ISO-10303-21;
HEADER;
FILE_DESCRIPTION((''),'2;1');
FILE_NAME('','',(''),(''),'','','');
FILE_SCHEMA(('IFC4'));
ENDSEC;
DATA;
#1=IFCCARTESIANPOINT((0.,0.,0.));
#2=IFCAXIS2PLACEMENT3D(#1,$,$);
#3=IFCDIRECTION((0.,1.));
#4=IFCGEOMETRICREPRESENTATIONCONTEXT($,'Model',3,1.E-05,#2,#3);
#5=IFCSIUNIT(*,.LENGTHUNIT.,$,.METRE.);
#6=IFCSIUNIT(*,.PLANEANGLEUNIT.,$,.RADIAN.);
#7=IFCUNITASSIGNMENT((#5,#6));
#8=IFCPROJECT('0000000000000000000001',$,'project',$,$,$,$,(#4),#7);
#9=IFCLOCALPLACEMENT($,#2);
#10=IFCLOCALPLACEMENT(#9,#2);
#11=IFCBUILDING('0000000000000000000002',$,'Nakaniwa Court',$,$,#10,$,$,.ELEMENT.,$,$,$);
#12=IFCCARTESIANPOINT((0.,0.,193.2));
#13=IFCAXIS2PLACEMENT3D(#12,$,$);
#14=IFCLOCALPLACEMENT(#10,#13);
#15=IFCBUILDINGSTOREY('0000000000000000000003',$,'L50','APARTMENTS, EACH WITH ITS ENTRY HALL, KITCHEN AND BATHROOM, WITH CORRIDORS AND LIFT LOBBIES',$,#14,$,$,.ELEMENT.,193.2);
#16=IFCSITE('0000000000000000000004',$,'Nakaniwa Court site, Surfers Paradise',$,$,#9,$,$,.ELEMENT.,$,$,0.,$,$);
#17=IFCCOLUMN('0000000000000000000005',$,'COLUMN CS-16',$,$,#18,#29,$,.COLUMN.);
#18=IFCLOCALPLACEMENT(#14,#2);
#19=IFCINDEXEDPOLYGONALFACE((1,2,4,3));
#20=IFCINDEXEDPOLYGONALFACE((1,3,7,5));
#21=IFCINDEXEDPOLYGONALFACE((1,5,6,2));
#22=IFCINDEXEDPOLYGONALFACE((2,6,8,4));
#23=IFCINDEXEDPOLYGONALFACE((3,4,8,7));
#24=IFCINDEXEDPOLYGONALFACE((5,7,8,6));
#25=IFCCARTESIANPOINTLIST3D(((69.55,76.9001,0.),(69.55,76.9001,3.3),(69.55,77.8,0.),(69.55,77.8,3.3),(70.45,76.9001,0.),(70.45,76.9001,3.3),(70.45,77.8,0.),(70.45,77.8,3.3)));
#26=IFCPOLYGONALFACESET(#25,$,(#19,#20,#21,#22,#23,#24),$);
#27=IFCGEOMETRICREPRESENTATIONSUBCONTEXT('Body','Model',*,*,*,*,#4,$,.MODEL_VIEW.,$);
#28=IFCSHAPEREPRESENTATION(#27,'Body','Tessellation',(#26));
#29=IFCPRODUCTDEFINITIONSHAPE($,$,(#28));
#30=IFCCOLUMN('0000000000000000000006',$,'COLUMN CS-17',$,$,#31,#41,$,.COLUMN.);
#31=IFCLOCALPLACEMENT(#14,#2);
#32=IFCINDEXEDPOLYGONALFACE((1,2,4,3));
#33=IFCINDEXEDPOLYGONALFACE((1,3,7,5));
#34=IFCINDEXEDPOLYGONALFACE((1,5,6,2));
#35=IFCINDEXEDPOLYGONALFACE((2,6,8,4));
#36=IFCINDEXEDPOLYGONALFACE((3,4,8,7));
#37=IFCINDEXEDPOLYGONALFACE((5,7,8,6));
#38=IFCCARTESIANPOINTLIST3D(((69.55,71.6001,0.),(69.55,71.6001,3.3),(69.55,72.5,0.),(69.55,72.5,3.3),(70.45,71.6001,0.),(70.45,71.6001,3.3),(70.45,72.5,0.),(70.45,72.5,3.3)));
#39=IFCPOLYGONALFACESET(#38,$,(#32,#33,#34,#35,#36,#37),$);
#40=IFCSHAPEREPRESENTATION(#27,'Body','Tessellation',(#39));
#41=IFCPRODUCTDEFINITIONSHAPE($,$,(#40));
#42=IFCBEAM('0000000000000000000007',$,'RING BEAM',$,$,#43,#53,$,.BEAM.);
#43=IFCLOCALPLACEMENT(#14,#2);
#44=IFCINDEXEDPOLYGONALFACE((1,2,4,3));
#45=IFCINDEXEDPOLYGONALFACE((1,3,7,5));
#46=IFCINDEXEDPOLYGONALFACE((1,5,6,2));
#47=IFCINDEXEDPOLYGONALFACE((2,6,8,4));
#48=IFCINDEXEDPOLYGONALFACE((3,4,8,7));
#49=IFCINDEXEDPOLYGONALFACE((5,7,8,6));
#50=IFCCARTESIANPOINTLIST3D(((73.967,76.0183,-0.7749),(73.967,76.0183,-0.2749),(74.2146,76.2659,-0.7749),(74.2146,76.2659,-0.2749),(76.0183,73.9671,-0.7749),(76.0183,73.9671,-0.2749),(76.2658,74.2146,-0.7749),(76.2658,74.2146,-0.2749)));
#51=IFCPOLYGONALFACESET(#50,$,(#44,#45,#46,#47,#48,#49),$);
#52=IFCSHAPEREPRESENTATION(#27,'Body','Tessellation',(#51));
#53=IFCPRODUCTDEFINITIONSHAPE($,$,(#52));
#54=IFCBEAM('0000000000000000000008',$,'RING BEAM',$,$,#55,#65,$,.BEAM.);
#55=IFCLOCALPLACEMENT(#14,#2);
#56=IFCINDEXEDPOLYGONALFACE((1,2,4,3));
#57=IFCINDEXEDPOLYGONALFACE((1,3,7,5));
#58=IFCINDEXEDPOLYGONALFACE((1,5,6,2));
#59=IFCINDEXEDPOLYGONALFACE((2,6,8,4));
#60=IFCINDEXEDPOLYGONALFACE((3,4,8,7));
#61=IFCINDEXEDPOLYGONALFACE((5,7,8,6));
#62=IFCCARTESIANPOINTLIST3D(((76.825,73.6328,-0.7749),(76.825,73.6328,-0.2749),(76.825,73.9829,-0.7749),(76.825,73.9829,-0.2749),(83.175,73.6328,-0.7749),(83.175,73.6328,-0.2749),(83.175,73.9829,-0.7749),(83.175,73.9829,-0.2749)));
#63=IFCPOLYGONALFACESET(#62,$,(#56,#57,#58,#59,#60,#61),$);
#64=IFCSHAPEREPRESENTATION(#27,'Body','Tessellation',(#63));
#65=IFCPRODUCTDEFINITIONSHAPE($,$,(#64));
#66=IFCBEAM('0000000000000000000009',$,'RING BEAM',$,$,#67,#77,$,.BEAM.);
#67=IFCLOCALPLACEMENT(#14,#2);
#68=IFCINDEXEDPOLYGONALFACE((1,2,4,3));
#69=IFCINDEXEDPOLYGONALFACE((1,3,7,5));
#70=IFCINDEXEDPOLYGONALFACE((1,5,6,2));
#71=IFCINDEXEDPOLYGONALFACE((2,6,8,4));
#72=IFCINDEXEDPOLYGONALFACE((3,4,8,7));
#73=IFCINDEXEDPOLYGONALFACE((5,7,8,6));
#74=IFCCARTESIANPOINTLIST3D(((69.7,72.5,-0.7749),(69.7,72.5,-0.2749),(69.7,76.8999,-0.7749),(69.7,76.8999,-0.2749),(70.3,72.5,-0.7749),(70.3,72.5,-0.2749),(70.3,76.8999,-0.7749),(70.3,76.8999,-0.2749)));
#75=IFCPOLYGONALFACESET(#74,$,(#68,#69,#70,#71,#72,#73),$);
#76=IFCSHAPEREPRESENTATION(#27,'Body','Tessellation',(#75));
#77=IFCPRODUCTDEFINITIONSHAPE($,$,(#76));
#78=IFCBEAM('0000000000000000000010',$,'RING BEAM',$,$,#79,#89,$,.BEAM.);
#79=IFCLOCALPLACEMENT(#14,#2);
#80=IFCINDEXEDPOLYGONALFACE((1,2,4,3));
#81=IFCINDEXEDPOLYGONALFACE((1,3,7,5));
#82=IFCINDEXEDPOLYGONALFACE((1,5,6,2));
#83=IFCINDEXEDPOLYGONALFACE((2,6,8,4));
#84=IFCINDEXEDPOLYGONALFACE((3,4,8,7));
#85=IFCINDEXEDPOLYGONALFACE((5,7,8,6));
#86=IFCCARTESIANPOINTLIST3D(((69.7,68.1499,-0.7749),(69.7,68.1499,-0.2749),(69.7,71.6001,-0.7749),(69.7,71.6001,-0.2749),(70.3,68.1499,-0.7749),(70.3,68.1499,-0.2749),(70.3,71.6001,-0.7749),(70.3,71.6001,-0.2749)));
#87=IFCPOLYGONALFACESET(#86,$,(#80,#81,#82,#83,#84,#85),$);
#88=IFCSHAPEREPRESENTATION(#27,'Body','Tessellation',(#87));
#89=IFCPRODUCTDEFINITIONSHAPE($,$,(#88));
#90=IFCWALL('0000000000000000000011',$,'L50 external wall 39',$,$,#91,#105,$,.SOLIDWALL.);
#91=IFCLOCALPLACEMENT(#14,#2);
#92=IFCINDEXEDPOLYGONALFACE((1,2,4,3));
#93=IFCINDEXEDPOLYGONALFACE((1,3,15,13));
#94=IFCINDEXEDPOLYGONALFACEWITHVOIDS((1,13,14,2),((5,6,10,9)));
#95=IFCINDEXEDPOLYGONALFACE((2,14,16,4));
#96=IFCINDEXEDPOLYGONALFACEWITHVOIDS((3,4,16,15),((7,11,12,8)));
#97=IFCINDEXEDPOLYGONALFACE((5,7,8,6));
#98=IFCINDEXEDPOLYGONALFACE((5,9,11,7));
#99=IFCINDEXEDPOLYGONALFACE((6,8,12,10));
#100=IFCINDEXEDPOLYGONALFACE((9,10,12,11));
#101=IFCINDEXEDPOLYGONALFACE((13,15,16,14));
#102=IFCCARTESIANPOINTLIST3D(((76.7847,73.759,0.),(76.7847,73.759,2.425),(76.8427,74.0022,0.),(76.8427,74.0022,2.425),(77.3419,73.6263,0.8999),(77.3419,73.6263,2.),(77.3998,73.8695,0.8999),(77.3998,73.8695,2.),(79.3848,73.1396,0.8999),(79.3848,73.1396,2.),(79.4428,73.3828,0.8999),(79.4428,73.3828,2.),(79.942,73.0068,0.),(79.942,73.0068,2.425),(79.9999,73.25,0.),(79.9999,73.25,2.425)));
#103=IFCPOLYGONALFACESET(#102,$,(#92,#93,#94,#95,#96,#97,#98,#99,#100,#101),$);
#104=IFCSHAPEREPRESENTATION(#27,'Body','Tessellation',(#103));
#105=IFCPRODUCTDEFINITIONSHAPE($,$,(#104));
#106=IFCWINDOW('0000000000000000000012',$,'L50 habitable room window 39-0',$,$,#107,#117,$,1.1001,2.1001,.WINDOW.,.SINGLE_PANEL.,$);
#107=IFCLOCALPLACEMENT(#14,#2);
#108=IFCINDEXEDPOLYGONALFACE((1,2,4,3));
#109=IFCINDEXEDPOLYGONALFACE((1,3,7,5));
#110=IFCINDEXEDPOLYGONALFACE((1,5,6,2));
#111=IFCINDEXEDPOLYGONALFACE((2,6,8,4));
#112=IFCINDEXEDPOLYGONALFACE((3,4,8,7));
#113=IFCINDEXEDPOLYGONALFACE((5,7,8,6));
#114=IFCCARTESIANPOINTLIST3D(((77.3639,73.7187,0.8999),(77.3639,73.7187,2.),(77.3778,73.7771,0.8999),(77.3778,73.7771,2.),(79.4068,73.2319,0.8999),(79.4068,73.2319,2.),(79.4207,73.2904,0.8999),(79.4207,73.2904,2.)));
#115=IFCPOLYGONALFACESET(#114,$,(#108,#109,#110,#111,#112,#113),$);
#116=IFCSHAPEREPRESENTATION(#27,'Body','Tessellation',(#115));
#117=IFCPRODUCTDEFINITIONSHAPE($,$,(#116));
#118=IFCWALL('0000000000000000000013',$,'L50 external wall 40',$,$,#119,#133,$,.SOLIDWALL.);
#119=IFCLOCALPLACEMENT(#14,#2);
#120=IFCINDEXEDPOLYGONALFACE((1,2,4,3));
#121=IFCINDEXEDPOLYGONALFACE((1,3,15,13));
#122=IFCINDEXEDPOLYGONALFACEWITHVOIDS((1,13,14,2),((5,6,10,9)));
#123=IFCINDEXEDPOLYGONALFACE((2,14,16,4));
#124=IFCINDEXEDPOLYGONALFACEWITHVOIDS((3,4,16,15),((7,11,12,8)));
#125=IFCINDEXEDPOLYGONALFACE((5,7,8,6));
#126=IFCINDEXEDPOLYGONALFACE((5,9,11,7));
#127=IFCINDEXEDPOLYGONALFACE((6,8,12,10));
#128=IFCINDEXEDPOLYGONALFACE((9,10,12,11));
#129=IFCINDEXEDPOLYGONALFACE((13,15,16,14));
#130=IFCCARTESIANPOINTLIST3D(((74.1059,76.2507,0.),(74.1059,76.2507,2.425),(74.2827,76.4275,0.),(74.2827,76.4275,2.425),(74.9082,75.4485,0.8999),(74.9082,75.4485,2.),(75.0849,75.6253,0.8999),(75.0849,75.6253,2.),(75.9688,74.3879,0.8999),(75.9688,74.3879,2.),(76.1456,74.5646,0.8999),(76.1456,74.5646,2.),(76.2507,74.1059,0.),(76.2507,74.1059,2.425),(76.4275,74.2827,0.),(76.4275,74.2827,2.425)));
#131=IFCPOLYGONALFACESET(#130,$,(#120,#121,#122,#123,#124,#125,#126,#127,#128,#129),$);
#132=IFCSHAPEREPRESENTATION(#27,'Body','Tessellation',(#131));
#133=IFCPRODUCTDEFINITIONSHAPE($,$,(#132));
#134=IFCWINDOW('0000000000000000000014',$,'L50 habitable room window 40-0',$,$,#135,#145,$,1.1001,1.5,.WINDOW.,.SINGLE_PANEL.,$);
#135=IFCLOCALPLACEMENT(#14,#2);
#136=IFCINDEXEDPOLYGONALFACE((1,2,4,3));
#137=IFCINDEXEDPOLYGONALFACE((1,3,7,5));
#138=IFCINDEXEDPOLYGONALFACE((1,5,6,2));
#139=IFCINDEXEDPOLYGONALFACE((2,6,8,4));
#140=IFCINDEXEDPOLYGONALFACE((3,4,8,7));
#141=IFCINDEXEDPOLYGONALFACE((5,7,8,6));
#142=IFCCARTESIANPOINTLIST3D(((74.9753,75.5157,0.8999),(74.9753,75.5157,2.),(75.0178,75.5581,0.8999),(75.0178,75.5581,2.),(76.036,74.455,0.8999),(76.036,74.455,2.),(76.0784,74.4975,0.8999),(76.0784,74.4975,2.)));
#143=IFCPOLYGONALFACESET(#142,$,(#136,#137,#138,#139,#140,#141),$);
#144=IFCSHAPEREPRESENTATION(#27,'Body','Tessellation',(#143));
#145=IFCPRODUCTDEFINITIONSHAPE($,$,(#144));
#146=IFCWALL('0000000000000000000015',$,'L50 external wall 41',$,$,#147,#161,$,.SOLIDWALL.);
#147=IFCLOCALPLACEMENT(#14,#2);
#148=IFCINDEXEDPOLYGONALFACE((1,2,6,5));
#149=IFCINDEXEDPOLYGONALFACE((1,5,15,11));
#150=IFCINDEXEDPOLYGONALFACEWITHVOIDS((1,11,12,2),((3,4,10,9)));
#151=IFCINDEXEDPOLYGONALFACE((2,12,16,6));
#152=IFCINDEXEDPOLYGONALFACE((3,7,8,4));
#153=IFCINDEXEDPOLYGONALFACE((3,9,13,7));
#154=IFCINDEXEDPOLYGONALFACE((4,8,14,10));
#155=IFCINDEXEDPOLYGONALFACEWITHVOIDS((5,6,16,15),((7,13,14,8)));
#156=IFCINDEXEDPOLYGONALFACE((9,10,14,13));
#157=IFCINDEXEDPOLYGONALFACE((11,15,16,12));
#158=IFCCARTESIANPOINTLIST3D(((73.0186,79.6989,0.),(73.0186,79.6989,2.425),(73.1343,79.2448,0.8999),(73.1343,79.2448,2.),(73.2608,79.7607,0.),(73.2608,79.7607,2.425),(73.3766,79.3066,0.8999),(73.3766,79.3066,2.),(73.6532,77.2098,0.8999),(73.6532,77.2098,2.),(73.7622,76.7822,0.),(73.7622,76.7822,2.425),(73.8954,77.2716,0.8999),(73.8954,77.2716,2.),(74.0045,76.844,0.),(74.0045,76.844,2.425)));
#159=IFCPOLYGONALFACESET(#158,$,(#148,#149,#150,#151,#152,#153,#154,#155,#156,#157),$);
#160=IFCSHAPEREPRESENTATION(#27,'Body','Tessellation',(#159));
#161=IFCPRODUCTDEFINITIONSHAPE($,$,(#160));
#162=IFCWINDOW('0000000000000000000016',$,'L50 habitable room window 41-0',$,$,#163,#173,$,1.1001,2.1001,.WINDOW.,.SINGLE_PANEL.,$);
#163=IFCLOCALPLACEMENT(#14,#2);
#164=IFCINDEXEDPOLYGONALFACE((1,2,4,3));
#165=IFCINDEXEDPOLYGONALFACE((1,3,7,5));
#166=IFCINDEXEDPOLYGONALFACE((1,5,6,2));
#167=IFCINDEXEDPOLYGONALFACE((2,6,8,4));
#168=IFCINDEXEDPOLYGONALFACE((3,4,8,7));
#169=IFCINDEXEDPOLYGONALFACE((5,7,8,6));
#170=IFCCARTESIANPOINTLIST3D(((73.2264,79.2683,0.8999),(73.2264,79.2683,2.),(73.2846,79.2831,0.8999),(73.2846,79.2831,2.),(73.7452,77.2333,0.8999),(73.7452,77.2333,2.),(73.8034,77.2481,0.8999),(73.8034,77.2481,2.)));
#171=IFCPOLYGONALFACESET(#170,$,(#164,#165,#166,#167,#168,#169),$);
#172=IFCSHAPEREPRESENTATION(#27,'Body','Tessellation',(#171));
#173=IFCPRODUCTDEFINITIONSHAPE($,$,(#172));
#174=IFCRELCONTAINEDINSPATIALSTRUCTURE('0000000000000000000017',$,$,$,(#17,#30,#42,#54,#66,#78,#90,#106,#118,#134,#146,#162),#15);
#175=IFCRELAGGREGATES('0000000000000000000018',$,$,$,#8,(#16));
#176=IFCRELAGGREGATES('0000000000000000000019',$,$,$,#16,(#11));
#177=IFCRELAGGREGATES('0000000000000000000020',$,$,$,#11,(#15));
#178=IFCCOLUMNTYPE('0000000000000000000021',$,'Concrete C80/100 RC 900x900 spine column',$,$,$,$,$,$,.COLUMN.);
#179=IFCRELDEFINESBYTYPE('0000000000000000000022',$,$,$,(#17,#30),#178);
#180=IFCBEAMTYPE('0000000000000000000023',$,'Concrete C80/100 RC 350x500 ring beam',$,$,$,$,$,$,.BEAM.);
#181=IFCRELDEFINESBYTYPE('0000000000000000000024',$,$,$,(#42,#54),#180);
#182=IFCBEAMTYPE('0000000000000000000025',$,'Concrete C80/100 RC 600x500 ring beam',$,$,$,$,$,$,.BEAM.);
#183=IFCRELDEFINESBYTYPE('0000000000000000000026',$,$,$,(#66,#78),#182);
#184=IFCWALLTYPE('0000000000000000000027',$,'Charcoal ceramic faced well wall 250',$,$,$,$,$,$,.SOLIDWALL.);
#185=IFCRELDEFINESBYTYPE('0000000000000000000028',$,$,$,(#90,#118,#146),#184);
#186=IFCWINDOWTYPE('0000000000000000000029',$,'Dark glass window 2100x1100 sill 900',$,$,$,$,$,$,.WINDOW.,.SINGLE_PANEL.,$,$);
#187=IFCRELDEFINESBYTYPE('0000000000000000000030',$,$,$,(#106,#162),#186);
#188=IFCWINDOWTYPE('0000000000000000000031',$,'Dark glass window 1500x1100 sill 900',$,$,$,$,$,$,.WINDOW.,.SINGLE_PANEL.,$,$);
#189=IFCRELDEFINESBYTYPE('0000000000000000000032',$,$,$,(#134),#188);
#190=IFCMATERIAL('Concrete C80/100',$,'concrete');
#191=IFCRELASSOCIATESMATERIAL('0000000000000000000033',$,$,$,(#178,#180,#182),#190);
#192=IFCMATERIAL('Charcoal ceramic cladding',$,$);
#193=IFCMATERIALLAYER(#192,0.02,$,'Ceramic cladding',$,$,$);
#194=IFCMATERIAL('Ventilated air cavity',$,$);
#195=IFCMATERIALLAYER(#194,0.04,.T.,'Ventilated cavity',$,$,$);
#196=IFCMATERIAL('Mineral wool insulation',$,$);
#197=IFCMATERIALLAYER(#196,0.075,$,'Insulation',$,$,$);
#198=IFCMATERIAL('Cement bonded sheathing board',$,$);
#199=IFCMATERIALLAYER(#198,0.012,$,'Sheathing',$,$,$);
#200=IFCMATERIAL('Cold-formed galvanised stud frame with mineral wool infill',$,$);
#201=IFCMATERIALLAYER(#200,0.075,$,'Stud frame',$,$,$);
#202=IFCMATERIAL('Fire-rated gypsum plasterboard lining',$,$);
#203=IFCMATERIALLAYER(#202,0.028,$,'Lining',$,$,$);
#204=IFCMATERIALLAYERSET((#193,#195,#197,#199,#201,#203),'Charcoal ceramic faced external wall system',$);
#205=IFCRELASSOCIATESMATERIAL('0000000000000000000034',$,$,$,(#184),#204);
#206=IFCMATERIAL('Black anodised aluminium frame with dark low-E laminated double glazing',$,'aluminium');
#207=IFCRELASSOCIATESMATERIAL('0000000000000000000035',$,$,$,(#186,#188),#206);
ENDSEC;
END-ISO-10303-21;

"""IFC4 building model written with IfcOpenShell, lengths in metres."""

from ifc_helpers import new_model, si_unit, direction, frame, frame_2d, origin, origin_2d, place, context, subcontext, project, spatial, rectangle, extrude, material, layer, layer_set, material_profile, profile_set, type_object, element, fill, save


model = new_model("IFC4")

# Units and contexts
model_context = context("Model", 3, precision=1e-05, world=origin(), true_north=direction((0.0, 1.0)))
body_context = subcontext(model_context, "Body", "Model", "MODEL_VIEW")
ifc_project = project(units=[si_unit("LENGTHUNIT", "METRE"), si_unit("PLANEANGLEUNIT", "RADIAN")], contexts=[model_context])

# Site, building, storey
site_placement = place(None, origin())
site = spatial("IfcSite", under=ifc_project, at=site_placement, Name="Nakaniwa Court site, Surfers Paradise", CompositionType="ELEMENT", RefElevation=0.0)
building_placement = place(site_placement, origin())
building = spatial("IfcBuilding", under=site, at=building_placement, Name="Nakaniwa Court", CompositionType="ELEMENT")
storey_placement = place(building_placement, frame((0.0, 0.0, 193.2)))
storey = spatial("IfcBuildingStorey", under=building, at=storey_placement, Name="L50", Description="APARTMENTS, EACH WITH ITS ENTRY HALL, KITCHEN AND BATHROOM, WITH CORRIDORS AND LIFT LOBBIES", CompositionType="ELEMENT", Elevation=193.2)

# Columns
ifc_material_1 = material(Name="Concrete C80/100", Category="concrete")
ifc_material_profile_1 = material_profile(ifc_material_1, rectangle(XDim=0.8999, YDim=0.8999, at=origin_2d()), Name="Concrete C80/100 RC 900x900 spine column")
ifc_profile_set_1 = profile_set([ifc_material_profile_1], Name="Concrete C80/100")
column_type_1 = type_object("IfcColumnType", Name="Concrete C80/100 RC 900x900 spine column", PredefinedType="COLUMN", material=ifc_profile_set_1)
for number, where, z_axis, x_axis, name in (
    (1, (70.0, 77.3501, 0.0), (0.0, 0.0, 1.0), (0.0, -1.0, 0.0), "COLUMN CS-16"),
    (2, (70.0, 72.05, 0.0), (0.0, 0.0, 1.0), (0.0, -1.0, 0.0), "COLUMN CS-17"),
):
    element("IfcColumn", number, at=place(storey_placement, frame(where, z_axis=z_axis, x_axis=x_axis)), inside=storey, type_object=column_type_1, Name=name, PredefinedType="COLUMN", context=body_context, shape_type="SweptSolid", body=[
        extrude(rectangle(XDim=0.8999, YDim=0.8999, at=origin_2d()), origin(), (0.0, 0.0, 1.0), 3.3),
    ])

# Beams
ifc_material_profile_2 = material_profile(ifc_material_1, rectangle(XDim=0.3501, YDim=0.5, at=origin_2d()), Name="Concrete C80/100 RC 350x500 ring beam")
ifc_profile_set_2 = profile_set([ifc_material_profile_2], Name="Concrete C80/100")
beam_type_1 = type_object("IfcBeamType", Name="Concrete C80/100 RC 350x500 ring beam", PredefinedType="BEAM", material=ifc_profile_set_2)
beam_1_placement = place(storey_placement, frame((74.0908, 76.1421, -0.5249), z_axis=(0.707107, -0.707107, 0.0), x_axis=(0.707107, 0.707107, 0.0)))
element("IfcBeam", 3, at=beam_1_placement, inside=storey, type_object=beam_type_1, Name="RING BEAM", PredefinedType="BEAM", context=body_context, shape_type="SweptSolid", body=[
    extrude(rectangle(XDim=0.3501, YDim=0.5, at=origin_2d()), origin(), (0.0, 0.0, 1.0), 2.9009),
])
beam_2_placement = place(storey_placement, frame((76.825, 73.8079, -0.5249), z_axis=(1.0, 0.0, 0.0), x_axis=(0.0, 1.0, 0.0)))
element("IfcBeam", 4, at=beam_2_placement, inside=storey, type_object=beam_type_1, Name="RING BEAM", PredefinedType="BEAM", context=body_context, shape_type="SweptSolid", body=[
    extrude(rectangle(XDim=0.3501, YDim=0.5, at=origin_2d()), origin(), (0.0, 0.0, 1.0), 6.3501),
])
ifc_material_profile_3 = material_profile(ifc_material_1, rectangle(XDim=0.6001, YDim=0.5, at=origin_2d()), Name="Concrete C80/100 RC 600x500 ring beam")
ifc_profile_set_3 = profile_set([ifc_material_profile_3], Name="Concrete C80/100")
beam_type_2 = type_object("IfcBeamType", Name="Concrete C80/100 RC 600x500 ring beam", PredefinedType="BEAM", material=ifc_profile_set_3)
beam_3_placement = place(storey_placement, frame((70.0, 76.8999, -0.5249), z_axis=(0.0, -1.0, 0.0), x_axis=(1.0, 0.0, 0.0)))
element("IfcBeam", 5, at=beam_3_placement, inside=storey, type_object=beam_type_2, Name="RING BEAM", PredefinedType="BEAM", context=body_context, shape_type="SweptSolid", body=[
    extrude(rectangle(XDim=0.6001, YDim=0.5, at=origin_2d()), origin(), (0.0, 0.0, 1.0), 4.3999),
])
beam_4_placement = place(storey_placement, frame((70.0, 71.6001, -0.5249), z_axis=(0.0, -1.0, 0.0), x_axis=(1.0, 0.0, 0.0)))
element("IfcBeam", 6, at=beam_4_placement, inside=storey, type_object=beam_type_2, Name="RING BEAM", PredefinedType="BEAM", context=body_context, shape_type="SweptSolid", body=[
    extrude(rectangle(XDim=0.6001, YDim=0.5, at=origin_2d()), origin(), (0.0, 0.0, 1.0), 3.4502),
])

# Walls, openings, windows
ifc_material_2 = material(Name="Charcoal ceramic cladding")
ifc_layer_1 = layer(ifc_material_2, 0.02, Name="Ceramic cladding")
ifc_material_3 = material(Name="Ventilated air cavity")
ifc_layer_2 = layer(ifc_material_3, 0.04, ventilated=True, Name="Ventilated cavity")
ifc_material_4 = material(Name="Mineral wool insulation")
ifc_layer_3 = layer(ifc_material_4, 0.075, Name="Insulation")
ifc_material_5 = material(Name="Cement bonded sheathing board")
ifc_layer_4 = layer(ifc_material_5, 0.012, Name="Sheathing")
ifc_material_6 = material(Name="Cold-formed galvanised stud frame with mineral wool infill")
ifc_layer_5 = layer(ifc_material_6, 0.075, Name="Stud frame")
ifc_material_7 = material(Name="Fire-rated gypsum plasterboard lining")
ifc_layer_6 = layer(ifc_material_7, 0.028, Name="Lining")
ifc_layer_set_1 = layer_set([ifc_layer_1, ifc_layer_2, ifc_layer_3, ifc_layer_4, ifc_layer_5, ifc_layer_6], Name="Charcoal ceramic faced external wall system")
wall_type_1 = type_object("IfcWallType", Name="Charcoal ceramic faced well wall 250", PredefinedType="SOLIDWALL", material=ifc_layer_set_1)
wall_1_placement = place(storey_placement, frame((79.9709, 73.1284, 0.0), z_axis=(0.0, 0.0, 1.0), x_axis=(-0.972773, 0.23176, 0.0)))
wall_1 = element("IfcWall", 7, at=wall_1_placement, inside=storey, type_object=wall_type_1, Name="L50 external wall 39", PredefinedType="SOLIDWALL", context=body_context, shape_type="SweptSolid", body=[
    extrude(rectangle(XDim=3.2456, YDim=0.25, at=frame_2d((1.6228, 0.0))), origin(), (0.0, 0.0, 1.0), 2.425),
])
opening_1_placement = place(wall_1_placement, frame((0.5728, 0.0, 0.8999)))
opening_1 = element("IfcOpeningElement", 8, at=opening_1_placement, cuts=wall_1, PredefinedType="OPENING", context=body_context, shape_type="SweptSolid", body=[
    extrude(rectangle(XDim=2.1001, YDim=1.1001, at=frame_2d((1.05, 0.55))), frame((0.0, 0.135, 0.0), z_axis=(0.0, -1.0, 0.0), x_axis=(1.0, 0.0, 0.0)), (0.0, 0.0, 1.0), 0.27),
])
ifc_material_8 = material(Name="Black anodised aluminium frame with dark low-E laminated double glazing", Category="aluminium")
window_type_1 = type_object("IfcWindowType", Name="Dark glass window 2100x1100 sill 900", PartitioningType="SINGLE_PANEL", PredefinedType="WINDOW", material=ifc_material_8)
window_1_placement = place(opening_1_placement, origin())
window_1 = element("IfcWindow", 9, at=window_1_placement, inside=storey, type_object=window_type_1, Name="L50 habitable room window 39-0", OverallHeight=1.1001, OverallWidth=2.1001, PartitioningType="SINGLE_PANEL", PredefinedType="WINDOW", context=body_context, shape_type="SweptSolid", body=[
    extrude(rectangle(XDim=2.1001, YDim=1.1001, at=frame_2d((1.05, 0.55))), frame((0.0, 0.03, 0.0), z_axis=(0.0, -1.0, 0.0), x_axis=(1.0, 0.0, 0.0)), (0.0, 0.0, 1.0), 0.0601),
])
fill(opening_1, window_1)
wall_2_placement = place(storey_placement, frame((76.3391, 74.1943, 0.0), z_axis=(0.0, 0.0, 1.0), x_axis=(-0.707107, 0.707107, 0.0)))
wall_2 = element("IfcWall", 10, at=wall_2_placement, inside=storey, type_object=wall_type_1, Name="L50 external wall 40", PredefinedType="SOLIDWALL", context=body_context, shape_type="SweptSolid", body=[
    extrude(rectangle(XDim=3.0332, YDim=0.25, at=frame_2d((1.5166, 0.0))), origin(), (0.0, 0.0, 1.0), 2.425),
])
opening_2_placement = place(wall_2_placement, frame((0.3987, 0.0, 0.8999)))
opening_2 = element("IfcOpeningElement", 11, at=opening_2_placement, cuts=wall_2, PredefinedType="OPENING", context=body_context, shape_type="SweptSolid", body=[
    extrude(rectangle(XDim=1.5, YDim=1.1001, at=frame_2d((0.75, 0.55))), frame((0.0, 0.135, 0.0), z_axis=(0.0, -1.0, 0.0), x_axis=(1.0, 0.0, 0.0)), (0.0, 0.0, 1.0), 0.27),
])
window_type_2 = type_object("IfcWindowType", Name="Dark glass window 1500x1100 sill 900", PartitioningType="SINGLE_PANEL", PredefinedType="WINDOW", material=ifc_material_8)
window_2_placement = place(opening_2_placement, origin())
window_2 = element("IfcWindow", 12, at=window_2_placement, inside=storey, type_object=window_type_2, Name="L50 habitable room window 40-0", OverallHeight=1.1001, OverallWidth=1.5, PartitioningType="SINGLE_PANEL", PredefinedType="WINDOW", context=body_context, shape_type="SweptSolid", body=[
    extrude(rectangle(XDim=1.5, YDim=1.1001, at=frame_2d((0.75, 0.55))), frame((0.0, 0.03, 0.0), z_axis=(0.0, -1.0, 0.0), x_axis=(1.0, 0.0, 0.0)), (0.0, 0.0, 1.0), 0.0601),
])
fill(opening_2, window_2)
wall_3_placement = place(storey_placement, frame((73.8833, 76.8132, 0.0), z_axis=(0.0, 0.0, 1.0), x_axis=(-0.247056, 0.969001, 0.0)))
wall_3 = element("IfcWall", 13, at=wall_3_placement, inside=storey, type_object=wall_type_1, Name="L50 external wall 41", PredefinedType="SOLIDWALL", context=body_context, shape_type="SweptSolid", body=[
    extrude(rectangle(XDim=3.01, YDim=0.25, at=frame_2d((1.5049, 0.0))), origin(), (0.0, 0.0, 1.0), 2.425),
])
opening_3_placement = place(wall_3_placement, frame((0.4412, 0.0, 0.8999)))
opening_3 = element("IfcOpeningElement", 14, at=opening_3_placement, cuts=wall_3, PredefinedType="OPENING", context=body_context, shape_type="SweptSolid", body=[
    extrude(rectangle(XDim=2.1001, YDim=1.1001, at=frame_2d((1.05, 0.55))), frame((0.0, 0.135, 0.0), z_axis=(0.0, -1.0, 0.0), x_axis=(1.0, 0.0, 0.0)), (0.0, 0.0, 1.0), 0.27),
])
window_3_placement = place(opening_3_placement, origin())
window_3 = element("IfcWindow", 15, at=window_3_placement, inside=storey, type_object=window_type_1, Name="L50 habitable room window 41-0", OverallHeight=1.1001, OverallWidth=2.1001, PartitioningType="SINGLE_PANEL", PredefinedType="WINDOW", context=body_context, shape_type="SweptSolid", body=[
    extrude(rectangle(XDim=2.1001, YDim=1.1001, at=frame_2d((1.05, 0.55))), frame((0.0, 0.03, 0.0), z_axis=(0.0, -1.0, 0.0), x_axis=(1.0, 0.0, 0.0)), (0.0, 0.0, 1.0), 0.0601),
])
fill(opening_3, window_3)

save(model, "model.ifc")
